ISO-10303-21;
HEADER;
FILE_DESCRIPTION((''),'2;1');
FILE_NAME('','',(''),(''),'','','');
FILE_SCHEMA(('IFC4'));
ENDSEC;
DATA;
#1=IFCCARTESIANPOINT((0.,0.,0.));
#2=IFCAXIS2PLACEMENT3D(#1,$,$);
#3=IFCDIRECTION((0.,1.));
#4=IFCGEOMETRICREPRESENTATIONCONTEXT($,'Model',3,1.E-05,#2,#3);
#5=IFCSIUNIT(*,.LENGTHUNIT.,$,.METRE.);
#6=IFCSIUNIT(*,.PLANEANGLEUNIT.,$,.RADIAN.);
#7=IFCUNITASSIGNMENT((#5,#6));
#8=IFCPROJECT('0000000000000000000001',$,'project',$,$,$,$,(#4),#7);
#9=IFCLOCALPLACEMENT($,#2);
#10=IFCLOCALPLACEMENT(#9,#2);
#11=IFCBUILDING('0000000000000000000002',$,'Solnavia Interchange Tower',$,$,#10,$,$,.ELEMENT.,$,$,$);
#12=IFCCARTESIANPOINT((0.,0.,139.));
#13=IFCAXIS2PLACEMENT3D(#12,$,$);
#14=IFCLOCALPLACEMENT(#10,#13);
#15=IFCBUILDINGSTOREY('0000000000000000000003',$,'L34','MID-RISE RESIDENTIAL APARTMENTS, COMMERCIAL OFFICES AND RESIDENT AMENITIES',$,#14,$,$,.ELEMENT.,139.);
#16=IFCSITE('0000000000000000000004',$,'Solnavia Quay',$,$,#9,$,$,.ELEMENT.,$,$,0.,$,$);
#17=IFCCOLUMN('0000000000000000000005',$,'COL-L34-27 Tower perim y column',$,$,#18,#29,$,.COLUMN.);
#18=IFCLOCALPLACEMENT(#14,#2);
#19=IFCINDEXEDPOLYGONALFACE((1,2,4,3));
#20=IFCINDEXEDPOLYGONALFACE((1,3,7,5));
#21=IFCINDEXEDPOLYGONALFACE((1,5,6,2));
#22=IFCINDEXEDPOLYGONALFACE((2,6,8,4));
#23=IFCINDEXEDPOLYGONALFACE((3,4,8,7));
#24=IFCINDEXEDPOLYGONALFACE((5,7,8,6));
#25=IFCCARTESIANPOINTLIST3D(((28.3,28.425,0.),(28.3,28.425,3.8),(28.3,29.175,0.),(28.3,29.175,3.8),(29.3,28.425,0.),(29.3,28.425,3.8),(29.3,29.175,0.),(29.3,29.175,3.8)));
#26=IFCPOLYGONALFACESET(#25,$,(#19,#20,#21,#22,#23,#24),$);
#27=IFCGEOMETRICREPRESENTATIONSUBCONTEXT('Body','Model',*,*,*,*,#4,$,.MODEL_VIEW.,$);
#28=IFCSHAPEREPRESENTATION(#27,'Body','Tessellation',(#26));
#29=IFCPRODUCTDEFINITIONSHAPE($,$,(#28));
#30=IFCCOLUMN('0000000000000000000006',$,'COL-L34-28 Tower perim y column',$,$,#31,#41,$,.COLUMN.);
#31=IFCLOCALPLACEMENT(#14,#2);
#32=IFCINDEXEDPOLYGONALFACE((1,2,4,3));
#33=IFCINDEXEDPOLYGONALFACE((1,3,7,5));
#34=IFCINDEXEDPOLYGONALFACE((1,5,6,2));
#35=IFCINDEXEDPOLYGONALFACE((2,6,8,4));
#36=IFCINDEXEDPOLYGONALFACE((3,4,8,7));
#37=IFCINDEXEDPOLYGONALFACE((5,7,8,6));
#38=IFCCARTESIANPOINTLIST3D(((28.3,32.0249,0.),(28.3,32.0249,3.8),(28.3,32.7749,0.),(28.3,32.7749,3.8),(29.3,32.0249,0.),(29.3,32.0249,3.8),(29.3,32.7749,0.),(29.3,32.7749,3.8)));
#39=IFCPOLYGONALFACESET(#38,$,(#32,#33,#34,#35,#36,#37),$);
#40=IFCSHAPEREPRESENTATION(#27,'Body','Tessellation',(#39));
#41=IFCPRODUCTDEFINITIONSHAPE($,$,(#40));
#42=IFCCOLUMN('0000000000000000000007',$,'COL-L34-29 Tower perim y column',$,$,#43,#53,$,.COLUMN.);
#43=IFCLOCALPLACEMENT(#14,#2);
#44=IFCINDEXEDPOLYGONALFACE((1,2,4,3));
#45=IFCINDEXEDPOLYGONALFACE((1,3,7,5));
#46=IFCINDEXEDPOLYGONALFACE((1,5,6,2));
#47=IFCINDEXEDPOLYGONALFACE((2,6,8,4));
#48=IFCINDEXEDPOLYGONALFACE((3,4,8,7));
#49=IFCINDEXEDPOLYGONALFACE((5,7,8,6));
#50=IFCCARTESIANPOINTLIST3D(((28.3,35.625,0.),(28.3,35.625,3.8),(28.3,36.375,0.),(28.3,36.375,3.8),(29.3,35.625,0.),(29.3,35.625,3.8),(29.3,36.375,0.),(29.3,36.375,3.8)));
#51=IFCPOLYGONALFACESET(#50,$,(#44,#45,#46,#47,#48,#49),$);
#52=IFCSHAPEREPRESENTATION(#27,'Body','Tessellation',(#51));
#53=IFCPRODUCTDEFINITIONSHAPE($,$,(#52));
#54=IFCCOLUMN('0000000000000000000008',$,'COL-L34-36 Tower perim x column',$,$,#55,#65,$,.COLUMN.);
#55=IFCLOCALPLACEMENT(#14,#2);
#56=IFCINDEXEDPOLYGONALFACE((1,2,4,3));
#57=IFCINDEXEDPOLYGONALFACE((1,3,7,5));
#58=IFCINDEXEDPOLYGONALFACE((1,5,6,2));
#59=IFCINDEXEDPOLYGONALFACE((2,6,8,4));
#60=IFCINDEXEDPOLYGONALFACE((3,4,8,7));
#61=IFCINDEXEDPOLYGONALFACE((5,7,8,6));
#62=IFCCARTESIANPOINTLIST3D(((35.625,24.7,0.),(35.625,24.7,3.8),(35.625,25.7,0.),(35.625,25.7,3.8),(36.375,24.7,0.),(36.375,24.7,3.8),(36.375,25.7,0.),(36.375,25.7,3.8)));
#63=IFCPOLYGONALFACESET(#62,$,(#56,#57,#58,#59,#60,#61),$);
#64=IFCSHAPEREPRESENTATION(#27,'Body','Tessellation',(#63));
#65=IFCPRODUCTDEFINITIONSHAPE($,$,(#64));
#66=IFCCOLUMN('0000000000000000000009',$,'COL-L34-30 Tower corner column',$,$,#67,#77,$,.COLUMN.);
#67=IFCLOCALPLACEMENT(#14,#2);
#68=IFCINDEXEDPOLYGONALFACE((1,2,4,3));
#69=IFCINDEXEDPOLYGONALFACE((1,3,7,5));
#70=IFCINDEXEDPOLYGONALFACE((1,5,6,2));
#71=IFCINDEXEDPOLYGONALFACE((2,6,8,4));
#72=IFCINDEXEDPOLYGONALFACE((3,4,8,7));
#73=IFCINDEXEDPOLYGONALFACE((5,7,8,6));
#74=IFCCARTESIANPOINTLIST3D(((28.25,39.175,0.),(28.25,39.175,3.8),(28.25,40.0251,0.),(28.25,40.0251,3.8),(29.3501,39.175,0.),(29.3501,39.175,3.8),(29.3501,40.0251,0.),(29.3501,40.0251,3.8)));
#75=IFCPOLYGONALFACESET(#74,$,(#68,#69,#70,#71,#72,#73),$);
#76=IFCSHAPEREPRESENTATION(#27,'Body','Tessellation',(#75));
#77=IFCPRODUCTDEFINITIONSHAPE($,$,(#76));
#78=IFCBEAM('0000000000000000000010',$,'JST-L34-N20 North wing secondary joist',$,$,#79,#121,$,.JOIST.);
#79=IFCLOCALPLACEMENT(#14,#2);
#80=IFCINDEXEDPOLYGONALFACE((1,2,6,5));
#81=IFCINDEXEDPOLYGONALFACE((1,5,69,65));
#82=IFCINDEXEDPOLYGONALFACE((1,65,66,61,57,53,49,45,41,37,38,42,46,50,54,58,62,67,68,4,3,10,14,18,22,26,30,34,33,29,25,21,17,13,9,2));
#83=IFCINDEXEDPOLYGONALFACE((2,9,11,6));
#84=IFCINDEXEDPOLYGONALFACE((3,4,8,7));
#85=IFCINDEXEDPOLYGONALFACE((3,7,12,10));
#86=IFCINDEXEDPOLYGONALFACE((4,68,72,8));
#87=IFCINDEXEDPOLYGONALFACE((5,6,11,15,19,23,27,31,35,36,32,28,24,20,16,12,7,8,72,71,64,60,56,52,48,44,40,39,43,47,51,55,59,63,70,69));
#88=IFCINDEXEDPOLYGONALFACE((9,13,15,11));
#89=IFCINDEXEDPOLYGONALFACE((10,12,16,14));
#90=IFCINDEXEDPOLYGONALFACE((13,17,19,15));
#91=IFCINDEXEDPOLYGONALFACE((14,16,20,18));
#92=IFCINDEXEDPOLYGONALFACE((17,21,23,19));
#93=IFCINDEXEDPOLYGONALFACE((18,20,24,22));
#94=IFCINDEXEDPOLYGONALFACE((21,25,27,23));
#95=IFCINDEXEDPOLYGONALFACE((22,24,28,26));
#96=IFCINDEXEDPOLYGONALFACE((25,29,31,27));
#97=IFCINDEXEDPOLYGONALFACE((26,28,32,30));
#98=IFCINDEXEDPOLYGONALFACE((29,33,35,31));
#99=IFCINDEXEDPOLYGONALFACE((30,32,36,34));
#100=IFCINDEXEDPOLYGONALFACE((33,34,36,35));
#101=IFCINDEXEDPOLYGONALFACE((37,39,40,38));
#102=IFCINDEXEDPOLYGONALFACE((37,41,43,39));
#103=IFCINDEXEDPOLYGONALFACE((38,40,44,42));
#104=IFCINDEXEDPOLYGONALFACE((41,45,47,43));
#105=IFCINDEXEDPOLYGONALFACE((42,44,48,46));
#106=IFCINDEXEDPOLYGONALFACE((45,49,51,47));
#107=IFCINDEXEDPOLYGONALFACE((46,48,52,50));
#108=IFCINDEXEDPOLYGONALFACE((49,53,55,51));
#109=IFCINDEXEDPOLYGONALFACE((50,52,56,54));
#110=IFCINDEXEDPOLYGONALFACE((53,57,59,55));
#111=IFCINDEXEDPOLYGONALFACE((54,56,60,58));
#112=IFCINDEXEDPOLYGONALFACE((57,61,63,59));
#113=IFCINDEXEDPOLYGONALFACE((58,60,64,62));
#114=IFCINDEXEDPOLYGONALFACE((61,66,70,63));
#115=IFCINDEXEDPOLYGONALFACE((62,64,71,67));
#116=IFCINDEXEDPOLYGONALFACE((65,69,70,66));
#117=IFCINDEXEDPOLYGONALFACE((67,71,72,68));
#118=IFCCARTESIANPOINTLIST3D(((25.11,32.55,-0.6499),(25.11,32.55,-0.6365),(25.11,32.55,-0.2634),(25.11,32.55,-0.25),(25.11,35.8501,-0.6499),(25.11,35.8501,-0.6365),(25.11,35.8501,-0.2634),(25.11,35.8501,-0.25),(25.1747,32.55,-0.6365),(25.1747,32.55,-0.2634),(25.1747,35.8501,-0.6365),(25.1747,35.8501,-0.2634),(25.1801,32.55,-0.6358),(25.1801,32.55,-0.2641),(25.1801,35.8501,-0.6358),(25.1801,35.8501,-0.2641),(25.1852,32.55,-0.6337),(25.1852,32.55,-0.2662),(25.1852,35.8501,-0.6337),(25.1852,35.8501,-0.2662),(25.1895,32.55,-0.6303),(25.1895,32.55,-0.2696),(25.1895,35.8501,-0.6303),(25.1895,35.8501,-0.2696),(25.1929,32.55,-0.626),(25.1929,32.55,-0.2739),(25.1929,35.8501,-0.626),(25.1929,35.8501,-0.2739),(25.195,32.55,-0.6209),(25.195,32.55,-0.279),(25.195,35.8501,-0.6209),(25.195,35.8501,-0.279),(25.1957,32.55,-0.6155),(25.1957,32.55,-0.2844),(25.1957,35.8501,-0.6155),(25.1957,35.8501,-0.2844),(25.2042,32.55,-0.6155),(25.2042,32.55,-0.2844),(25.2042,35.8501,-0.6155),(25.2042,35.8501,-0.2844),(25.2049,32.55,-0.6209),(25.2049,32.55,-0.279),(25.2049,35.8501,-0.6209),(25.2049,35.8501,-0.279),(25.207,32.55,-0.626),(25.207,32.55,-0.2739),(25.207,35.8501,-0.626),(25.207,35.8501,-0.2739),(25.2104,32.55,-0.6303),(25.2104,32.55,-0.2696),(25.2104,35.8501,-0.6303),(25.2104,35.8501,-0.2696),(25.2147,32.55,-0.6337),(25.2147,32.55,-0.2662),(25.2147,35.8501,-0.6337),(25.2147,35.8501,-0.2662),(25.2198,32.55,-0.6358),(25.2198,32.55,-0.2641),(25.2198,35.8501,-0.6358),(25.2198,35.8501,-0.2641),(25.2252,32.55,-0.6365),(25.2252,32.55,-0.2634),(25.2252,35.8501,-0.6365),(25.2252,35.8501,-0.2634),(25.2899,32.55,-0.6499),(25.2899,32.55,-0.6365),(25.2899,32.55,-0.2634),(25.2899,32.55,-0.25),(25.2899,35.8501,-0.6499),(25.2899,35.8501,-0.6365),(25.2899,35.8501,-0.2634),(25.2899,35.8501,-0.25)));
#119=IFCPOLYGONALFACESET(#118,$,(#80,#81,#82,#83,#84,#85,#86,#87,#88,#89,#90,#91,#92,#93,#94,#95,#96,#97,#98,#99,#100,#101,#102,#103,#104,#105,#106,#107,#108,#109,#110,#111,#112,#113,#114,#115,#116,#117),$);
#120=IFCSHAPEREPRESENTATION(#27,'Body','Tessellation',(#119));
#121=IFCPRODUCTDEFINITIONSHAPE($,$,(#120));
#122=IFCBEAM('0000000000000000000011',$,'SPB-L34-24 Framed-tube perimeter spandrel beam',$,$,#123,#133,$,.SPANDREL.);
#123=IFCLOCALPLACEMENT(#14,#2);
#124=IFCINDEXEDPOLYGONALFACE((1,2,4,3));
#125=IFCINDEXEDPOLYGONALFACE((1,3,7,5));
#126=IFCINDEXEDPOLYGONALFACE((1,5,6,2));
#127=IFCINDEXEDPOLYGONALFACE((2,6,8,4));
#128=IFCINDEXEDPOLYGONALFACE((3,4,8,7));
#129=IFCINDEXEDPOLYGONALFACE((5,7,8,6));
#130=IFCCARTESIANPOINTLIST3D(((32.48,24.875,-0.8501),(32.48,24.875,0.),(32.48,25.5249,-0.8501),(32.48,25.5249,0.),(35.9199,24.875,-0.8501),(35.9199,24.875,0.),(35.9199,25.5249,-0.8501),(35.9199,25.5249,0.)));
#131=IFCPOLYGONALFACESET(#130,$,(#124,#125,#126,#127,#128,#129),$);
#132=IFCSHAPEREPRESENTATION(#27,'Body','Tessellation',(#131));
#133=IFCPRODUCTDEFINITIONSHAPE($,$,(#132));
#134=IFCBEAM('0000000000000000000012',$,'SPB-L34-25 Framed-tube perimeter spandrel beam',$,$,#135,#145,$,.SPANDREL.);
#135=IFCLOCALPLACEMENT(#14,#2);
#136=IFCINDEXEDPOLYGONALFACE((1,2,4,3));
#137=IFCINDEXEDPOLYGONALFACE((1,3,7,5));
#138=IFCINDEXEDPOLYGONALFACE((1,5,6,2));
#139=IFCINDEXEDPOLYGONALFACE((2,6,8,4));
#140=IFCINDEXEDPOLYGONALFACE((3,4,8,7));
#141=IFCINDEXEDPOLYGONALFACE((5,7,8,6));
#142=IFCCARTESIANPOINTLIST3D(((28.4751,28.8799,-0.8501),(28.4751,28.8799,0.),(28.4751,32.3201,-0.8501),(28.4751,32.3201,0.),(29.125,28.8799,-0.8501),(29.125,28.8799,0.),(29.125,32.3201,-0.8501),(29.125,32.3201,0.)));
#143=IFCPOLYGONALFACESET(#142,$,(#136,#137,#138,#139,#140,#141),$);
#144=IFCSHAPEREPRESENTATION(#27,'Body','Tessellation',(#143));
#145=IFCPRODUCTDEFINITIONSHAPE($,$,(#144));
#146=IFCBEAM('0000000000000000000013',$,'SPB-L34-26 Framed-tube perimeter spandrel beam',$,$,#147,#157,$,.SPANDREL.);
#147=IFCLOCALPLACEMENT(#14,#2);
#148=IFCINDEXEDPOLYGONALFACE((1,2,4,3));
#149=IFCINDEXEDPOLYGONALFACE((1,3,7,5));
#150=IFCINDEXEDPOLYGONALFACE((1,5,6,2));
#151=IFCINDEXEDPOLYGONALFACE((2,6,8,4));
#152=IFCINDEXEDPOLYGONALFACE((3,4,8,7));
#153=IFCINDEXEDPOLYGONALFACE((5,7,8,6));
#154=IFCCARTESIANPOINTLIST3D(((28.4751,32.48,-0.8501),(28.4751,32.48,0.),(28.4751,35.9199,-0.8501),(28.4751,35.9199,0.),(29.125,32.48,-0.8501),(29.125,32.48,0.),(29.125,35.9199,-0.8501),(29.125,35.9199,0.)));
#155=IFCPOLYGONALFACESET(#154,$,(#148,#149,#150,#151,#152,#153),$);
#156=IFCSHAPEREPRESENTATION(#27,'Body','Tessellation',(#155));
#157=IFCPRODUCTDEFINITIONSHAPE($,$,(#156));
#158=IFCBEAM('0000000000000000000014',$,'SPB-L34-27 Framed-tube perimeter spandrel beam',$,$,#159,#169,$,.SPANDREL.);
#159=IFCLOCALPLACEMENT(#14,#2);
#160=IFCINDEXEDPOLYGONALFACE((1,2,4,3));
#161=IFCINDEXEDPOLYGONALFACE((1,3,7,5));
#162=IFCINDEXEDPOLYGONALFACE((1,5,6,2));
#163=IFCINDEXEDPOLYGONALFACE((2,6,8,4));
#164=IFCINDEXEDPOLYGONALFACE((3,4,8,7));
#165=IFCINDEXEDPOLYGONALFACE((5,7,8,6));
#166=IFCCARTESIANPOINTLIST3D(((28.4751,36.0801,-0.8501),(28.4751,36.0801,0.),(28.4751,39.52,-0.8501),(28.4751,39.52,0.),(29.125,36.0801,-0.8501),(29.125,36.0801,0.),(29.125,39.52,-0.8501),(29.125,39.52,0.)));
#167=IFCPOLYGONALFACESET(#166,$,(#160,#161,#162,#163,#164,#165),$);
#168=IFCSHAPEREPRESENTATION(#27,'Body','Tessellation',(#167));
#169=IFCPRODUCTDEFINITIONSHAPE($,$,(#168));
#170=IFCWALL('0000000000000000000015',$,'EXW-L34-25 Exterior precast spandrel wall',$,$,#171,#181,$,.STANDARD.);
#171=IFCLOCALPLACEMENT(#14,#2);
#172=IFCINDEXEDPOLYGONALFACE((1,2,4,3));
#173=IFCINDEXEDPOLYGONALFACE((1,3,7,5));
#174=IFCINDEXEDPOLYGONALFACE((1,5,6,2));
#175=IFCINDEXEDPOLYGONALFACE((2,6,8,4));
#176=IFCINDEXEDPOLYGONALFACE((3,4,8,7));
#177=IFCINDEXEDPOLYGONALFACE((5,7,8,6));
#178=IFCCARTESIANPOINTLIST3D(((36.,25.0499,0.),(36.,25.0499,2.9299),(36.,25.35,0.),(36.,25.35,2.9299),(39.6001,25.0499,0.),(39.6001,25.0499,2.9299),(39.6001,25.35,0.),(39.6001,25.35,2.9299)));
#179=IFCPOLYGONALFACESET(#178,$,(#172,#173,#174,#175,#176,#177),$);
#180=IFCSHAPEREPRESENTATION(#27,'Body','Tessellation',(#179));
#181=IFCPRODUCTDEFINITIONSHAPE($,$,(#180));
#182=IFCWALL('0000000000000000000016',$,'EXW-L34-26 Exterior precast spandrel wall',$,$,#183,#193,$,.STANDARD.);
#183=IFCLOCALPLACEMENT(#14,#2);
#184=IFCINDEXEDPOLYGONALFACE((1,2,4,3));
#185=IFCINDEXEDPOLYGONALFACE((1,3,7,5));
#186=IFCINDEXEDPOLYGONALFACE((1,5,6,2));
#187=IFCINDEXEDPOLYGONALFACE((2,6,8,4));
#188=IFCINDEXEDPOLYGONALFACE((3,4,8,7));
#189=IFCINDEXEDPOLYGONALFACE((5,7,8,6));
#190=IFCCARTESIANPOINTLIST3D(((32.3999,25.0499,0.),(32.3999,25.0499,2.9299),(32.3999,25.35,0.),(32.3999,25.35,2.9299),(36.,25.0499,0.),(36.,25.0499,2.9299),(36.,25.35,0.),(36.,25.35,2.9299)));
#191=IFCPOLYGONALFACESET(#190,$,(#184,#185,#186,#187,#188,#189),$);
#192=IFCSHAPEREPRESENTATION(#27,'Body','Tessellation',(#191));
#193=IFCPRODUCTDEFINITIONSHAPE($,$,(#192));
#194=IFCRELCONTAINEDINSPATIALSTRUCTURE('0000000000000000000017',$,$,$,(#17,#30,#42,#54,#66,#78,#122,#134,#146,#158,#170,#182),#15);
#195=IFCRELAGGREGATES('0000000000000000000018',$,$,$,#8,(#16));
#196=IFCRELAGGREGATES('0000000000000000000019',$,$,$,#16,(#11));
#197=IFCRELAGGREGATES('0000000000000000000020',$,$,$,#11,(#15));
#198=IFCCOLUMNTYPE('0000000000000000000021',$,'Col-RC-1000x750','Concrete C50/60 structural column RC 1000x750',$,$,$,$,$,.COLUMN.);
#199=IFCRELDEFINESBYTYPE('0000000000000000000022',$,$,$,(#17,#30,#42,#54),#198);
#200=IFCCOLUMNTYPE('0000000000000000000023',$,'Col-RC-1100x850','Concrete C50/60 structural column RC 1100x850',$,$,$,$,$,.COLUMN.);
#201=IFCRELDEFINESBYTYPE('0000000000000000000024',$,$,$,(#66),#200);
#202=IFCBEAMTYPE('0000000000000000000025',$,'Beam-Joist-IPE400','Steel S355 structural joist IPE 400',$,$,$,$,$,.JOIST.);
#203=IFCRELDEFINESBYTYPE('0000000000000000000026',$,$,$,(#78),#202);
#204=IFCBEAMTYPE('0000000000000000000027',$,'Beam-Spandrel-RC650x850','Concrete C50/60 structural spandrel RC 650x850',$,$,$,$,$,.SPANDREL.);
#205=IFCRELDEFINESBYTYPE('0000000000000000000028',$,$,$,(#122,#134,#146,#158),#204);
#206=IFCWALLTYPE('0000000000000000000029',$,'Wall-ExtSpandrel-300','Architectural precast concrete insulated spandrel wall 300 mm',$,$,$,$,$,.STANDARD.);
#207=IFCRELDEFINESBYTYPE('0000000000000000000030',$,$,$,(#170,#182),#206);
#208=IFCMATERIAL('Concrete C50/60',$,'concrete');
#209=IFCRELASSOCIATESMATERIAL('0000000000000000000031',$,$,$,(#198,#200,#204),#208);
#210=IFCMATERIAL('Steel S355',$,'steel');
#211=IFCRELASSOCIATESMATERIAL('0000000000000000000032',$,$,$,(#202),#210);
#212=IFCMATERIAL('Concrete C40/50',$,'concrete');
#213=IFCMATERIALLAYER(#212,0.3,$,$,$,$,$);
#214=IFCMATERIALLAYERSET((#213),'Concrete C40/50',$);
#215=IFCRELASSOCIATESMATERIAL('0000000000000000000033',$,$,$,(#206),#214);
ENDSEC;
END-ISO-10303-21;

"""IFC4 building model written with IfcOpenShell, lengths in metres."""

from ifc_helpers import new_model, si_unit, direction, frame, frame_2d, origin, origin_2d, place, context, subcontext, project, spatial, rectangle, i_section, extrude, material, layer, layer_set, material_profile, profile_set, type_object, element, save


model = new_model("IFC4")

# Units and contexts
model_context = context("Model", 3, precision=1e-05, world=origin(), true_north=direction((0.0, 1.0)))
body_context = subcontext(model_context, "Body", "Model", "MODEL_VIEW")
ifc_project = project(units=[si_unit("LENGTHUNIT", "METRE"), si_unit("PLANEANGLEUNIT", "RADIAN")], contexts=[model_context])

# Site, building, storey
site_placement = place(None, origin())
site = spatial("IfcSite", under=ifc_project, at=site_placement, Name="Solnavia Quay", CompositionType="ELEMENT", RefElevation=0.0)
building_placement = place(site_placement, origin())
building = spatial("IfcBuilding", under=site, at=building_placement, Name="Solnavia Interchange Tower", CompositionType="ELEMENT")
storey_placement = place(building_placement, frame((0.0, 0.0, 139.0)))
storey = spatial("IfcBuildingStorey", under=building, at=storey_placement, Name="L34", Description="MID-RISE RESIDENTIAL APARTMENTS, COMMERCIAL OFFICES AND RESIDENT AMENITIES", CompositionType="ELEMENT", Elevation=139.0)

# Columns
ifc_material_1 = material(Name="Concrete C50/60", Category="concrete")
ifc_material_profile_1 = material_profile(ifc_material_1, rectangle(XDim=0.75, YDim=1.0, at=origin_2d()), Name="RC 1000x750")
ifc_profile_set_1 = profile_set([ifc_material_profile_1], Name="Concrete C50/60")
column_type_1 = type_object("IfcColumnType", Name="Col-RC-1000x750", Description="Concrete C50/60 structural column RC 1000x750", PredefinedType="COLUMN", material=ifc_profile_set_1)
for number, where, z_axis, x_axis, name in (
    (1, (28.8, 28.8, 0.0), (0.0, 0.0, 1.0), (0.0, 1.0, 0.0), "COL-L34-27 Tower perim y column"),
    (2, (28.8, 32.3999, 0.0), (0.0, 0.0, 1.0), (0.0, 1.0, 0.0), "COL-L34-28 Tower perim y column"),
    (3, (28.8, 36.0, 0.0), (0.0, 0.0, 1.0), (0.0, 1.0, 0.0), "COL-L34-29 Tower perim y column"),
    (4, (36.0, 25.2, 0.0), (0.0, 0.0, 1.0), (1.0, 0.0, 0.0), "COL-L34-36 Tower perim x column"),
):
    element("IfcColumn", number, at=place(storey_placement, frame(where, z_axis=z_axis, x_axis=x_axis)), inside=storey, type_object=column_type_1, Name=name, PredefinedType="COLUMN", context=body_context, shape_type="SweptSolid", body=[
        extrude(rectangle(XDim=0.75, YDim=1.0, at=origin_2d()), origin(), (0.0, 0.0, 1.0), 3.8),
    ])
ifc_material_profile_2 = material_profile(ifc_material_1, rectangle(XDim=0.8501, YDim=1.1001, at=origin_2d()), Name="RC 1100x850")
ifc_profile_set_2 = profile_set([ifc_material_profile_2], Name="Concrete C50/60")
column_type_2 = type_object("IfcColumnType", Name="Col-RC-1100x850", Description="Concrete C50/60 structural column RC 1100x850", PredefinedType="COLUMN", material=ifc_profile_set_2)
column_placement = place(storey_placement, frame((28.8, 39.6001, 0.0), z_axis=(0.0, 0.0, 1.0), x_axis=(0.0, 1.0, 0.0)))
element("IfcColumn", 5, at=column_placement, inside=storey, type_object=column_type_2, Name="COL-L34-30 Tower corner column", PredefinedType="COLUMN", context=body_context, shape_type="SweptSolid", body=[
    extrude(rectangle(XDim=0.8501, YDim=1.1001, at=origin_2d()), origin(), (0.0, 0.0, 1.0), 3.8),
])

# Beams
ifc_material_2 = material(Name="Steel S355", Category="steel")
ifc_material_profile_3 = material_profile(ifc_material_2, i_section(OverallWidth=0.1799, OverallDepth=0.3999, WebThickness=0.0085, FlangeThickness=0.0134, FilletRadius=0.021, at=origin_2d()), Name="IPE 400")
ifc_profile_set_3 = profile_set([ifc_material_profile_3], Name="Steel S355")
beam_type_1 = type_object("IfcBeamType", Name="Beam-Joist-IPE400", Description="Steel S355 structural joist IPE 400", PredefinedType="JOIST", material=ifc_profile_set_3)
beam_1_placement = place(storey_placement, frame((25.2, 32.55, -0.45), z_axis=(0.0, 1.0, 0.0), x_axis=(-1.0, 0.0, 0.0)))
element("IfcBeam", 6, at=beam_1_placement, inside=storey, type_object=beam_type_1, Name="JST-L34-N20 North wing secondary joist", PredefinedType="JOIST", context=body_context, shape_type="SweptSolid", body=[
    extrude(i_section(OverallWidth=0.1799, OverallDepth=0.3999, WebThickness=0.0085, FlangeThickness=0.0134, FilletRadius=0.021, at=origin_2d()), origin(), (0.0, 0.0, 1.0), 3.3),
])
ifc_material_profile_4 = material_profile(ifc_material_1, rectangle(XDim=0.6499, YDim=0.8501, at=origin_2d()), Name="RC 650x850")
ifc_profile_set_4 = profile_set([ifc_material_profile_4], Name="Concrete C50/60")
beam_type_2 = type_object("IfcBeamType", Name="Beam-Spandrel-RC650x850", Description="Concrete C50/60 structural spandrel RC 650x850", PredefinedType="SPANDREL", material=ifc_profile_set_4)
beam_2_placement = place(storey_placement, frame((35.9199, 25.2, -0.425), z_axis=(-1.0, 0.0, 0.0), x_axis=(0.0, -1.0, 0.0)))
element("IfcBeam", 7, at=beam_2_placement, inside=storey, type_object=beam_type_2, Name="SPB-L34-24 Framed-tube perimeter spandrel beam", PredefinedType="SPANDREL", context=body_context, shape_type="SweptSolid", body=[
    extrude(rectangle(XDim=0.6499, YDim=0.8501, at=origin_2d()), origin(), (0.0, 0.0, 1.0), 3.4399),
])
beam_3_placement = place(storey_placement, frame((28.8, 28.8799, -0.425), z_axis=(0.0, 1.0, 0.0), x_axis=(-1.0, 0.0, 0.0)))
element("IfcBeam", 8, at=beam_3_placement, inside=storey, type_object=beam_type_2, Name="SPB-L34-25 Framed-tube perimeter spandrel beam", PredefinedType="SPANDREL", context=body_context, shape_type="SweptSolid", body=[
    extrude(rectangle(XDim=0.6499, YDim=0.8501, at=origin_2d()), origin(), (0.0, 0.0, 1.0), 3.4402),
])
for number, where, z_axis, x_axis, name in (
    (9, (28.8, 32.48, -0.425), (0.0, 1.0, 0.0), (-1.0, 0.0, 0.0), "SPB-L34-26 Framed-tube perimeter spandrel beam"),
    (10, (28.8, 36.0801, -0.425), (0.0, 1.0, 0.0), (-1.0, 0.0, 0.0), "SPB-L34-27 Framed-tube perimeter spandrel beam"),
):
    element("IfcBeam", number, at=place(storey_placement, frame(where, z_axis=z_axis, x_axis=x_axis)), inside=storey, type_object=beam_type_2, Name=name, PredefinedType="SPANDREL", context=body_context, shape_type="SweptSolid", body=[
        extrude(rectangle(XDim=0.6499, YDim=0.8501, at=origin_2d()), origin(), (0.0, 0.0, 1.0), 3.4399),
    ])

# Walls
ifc_material_3 = material(Name="Concrete C40/50", Category="concrete")
ifc_layer = layer(ifc_material_3, 0.3)
ifc_layer_set = layer_set([ifc_layer], Name="Concrete C40/50")
wall_type = type_object("IfcWallType", Name="Wall-ExtSpandrel-300", Description="Architectural precast concrete insulated spandrel wall 300 mm", PredefinedType="STANDARD", material=ifc_layer_set)
for number, where, z_axis, x_axis, name in (
    (11, (36.0, 25.2, 0.0), (0.0, 0.0, 1.0), (1.0, 0.0, 0.0), "EXW-L34-25 Exterior precast spandrel wall"),
    (12, (32.3999, 25.2, 0.0), (0.0, 0.0, 1.0), (1.0, 0.0, 0.0), "EXW-L34-26 Exterior precast spandrel wall"),
):
    element("IfcWall", number, at=place(storey_placement, frame(where, z_axis=z_axis, x_axis=x_axis)), inside=storey, type_object=wall_type, Name=name, PredefinedType="STANDARD", context=body_context, shape_type="SweptSolid", body=[
        extrude(rectangle(XDim=3.6001, YDim=0.3, at=frame_2d((1.8, 0.0))), origin(), (0.0, 0.0, 1.0), 2.9299),
    ])

save(model, "model.ifc")
